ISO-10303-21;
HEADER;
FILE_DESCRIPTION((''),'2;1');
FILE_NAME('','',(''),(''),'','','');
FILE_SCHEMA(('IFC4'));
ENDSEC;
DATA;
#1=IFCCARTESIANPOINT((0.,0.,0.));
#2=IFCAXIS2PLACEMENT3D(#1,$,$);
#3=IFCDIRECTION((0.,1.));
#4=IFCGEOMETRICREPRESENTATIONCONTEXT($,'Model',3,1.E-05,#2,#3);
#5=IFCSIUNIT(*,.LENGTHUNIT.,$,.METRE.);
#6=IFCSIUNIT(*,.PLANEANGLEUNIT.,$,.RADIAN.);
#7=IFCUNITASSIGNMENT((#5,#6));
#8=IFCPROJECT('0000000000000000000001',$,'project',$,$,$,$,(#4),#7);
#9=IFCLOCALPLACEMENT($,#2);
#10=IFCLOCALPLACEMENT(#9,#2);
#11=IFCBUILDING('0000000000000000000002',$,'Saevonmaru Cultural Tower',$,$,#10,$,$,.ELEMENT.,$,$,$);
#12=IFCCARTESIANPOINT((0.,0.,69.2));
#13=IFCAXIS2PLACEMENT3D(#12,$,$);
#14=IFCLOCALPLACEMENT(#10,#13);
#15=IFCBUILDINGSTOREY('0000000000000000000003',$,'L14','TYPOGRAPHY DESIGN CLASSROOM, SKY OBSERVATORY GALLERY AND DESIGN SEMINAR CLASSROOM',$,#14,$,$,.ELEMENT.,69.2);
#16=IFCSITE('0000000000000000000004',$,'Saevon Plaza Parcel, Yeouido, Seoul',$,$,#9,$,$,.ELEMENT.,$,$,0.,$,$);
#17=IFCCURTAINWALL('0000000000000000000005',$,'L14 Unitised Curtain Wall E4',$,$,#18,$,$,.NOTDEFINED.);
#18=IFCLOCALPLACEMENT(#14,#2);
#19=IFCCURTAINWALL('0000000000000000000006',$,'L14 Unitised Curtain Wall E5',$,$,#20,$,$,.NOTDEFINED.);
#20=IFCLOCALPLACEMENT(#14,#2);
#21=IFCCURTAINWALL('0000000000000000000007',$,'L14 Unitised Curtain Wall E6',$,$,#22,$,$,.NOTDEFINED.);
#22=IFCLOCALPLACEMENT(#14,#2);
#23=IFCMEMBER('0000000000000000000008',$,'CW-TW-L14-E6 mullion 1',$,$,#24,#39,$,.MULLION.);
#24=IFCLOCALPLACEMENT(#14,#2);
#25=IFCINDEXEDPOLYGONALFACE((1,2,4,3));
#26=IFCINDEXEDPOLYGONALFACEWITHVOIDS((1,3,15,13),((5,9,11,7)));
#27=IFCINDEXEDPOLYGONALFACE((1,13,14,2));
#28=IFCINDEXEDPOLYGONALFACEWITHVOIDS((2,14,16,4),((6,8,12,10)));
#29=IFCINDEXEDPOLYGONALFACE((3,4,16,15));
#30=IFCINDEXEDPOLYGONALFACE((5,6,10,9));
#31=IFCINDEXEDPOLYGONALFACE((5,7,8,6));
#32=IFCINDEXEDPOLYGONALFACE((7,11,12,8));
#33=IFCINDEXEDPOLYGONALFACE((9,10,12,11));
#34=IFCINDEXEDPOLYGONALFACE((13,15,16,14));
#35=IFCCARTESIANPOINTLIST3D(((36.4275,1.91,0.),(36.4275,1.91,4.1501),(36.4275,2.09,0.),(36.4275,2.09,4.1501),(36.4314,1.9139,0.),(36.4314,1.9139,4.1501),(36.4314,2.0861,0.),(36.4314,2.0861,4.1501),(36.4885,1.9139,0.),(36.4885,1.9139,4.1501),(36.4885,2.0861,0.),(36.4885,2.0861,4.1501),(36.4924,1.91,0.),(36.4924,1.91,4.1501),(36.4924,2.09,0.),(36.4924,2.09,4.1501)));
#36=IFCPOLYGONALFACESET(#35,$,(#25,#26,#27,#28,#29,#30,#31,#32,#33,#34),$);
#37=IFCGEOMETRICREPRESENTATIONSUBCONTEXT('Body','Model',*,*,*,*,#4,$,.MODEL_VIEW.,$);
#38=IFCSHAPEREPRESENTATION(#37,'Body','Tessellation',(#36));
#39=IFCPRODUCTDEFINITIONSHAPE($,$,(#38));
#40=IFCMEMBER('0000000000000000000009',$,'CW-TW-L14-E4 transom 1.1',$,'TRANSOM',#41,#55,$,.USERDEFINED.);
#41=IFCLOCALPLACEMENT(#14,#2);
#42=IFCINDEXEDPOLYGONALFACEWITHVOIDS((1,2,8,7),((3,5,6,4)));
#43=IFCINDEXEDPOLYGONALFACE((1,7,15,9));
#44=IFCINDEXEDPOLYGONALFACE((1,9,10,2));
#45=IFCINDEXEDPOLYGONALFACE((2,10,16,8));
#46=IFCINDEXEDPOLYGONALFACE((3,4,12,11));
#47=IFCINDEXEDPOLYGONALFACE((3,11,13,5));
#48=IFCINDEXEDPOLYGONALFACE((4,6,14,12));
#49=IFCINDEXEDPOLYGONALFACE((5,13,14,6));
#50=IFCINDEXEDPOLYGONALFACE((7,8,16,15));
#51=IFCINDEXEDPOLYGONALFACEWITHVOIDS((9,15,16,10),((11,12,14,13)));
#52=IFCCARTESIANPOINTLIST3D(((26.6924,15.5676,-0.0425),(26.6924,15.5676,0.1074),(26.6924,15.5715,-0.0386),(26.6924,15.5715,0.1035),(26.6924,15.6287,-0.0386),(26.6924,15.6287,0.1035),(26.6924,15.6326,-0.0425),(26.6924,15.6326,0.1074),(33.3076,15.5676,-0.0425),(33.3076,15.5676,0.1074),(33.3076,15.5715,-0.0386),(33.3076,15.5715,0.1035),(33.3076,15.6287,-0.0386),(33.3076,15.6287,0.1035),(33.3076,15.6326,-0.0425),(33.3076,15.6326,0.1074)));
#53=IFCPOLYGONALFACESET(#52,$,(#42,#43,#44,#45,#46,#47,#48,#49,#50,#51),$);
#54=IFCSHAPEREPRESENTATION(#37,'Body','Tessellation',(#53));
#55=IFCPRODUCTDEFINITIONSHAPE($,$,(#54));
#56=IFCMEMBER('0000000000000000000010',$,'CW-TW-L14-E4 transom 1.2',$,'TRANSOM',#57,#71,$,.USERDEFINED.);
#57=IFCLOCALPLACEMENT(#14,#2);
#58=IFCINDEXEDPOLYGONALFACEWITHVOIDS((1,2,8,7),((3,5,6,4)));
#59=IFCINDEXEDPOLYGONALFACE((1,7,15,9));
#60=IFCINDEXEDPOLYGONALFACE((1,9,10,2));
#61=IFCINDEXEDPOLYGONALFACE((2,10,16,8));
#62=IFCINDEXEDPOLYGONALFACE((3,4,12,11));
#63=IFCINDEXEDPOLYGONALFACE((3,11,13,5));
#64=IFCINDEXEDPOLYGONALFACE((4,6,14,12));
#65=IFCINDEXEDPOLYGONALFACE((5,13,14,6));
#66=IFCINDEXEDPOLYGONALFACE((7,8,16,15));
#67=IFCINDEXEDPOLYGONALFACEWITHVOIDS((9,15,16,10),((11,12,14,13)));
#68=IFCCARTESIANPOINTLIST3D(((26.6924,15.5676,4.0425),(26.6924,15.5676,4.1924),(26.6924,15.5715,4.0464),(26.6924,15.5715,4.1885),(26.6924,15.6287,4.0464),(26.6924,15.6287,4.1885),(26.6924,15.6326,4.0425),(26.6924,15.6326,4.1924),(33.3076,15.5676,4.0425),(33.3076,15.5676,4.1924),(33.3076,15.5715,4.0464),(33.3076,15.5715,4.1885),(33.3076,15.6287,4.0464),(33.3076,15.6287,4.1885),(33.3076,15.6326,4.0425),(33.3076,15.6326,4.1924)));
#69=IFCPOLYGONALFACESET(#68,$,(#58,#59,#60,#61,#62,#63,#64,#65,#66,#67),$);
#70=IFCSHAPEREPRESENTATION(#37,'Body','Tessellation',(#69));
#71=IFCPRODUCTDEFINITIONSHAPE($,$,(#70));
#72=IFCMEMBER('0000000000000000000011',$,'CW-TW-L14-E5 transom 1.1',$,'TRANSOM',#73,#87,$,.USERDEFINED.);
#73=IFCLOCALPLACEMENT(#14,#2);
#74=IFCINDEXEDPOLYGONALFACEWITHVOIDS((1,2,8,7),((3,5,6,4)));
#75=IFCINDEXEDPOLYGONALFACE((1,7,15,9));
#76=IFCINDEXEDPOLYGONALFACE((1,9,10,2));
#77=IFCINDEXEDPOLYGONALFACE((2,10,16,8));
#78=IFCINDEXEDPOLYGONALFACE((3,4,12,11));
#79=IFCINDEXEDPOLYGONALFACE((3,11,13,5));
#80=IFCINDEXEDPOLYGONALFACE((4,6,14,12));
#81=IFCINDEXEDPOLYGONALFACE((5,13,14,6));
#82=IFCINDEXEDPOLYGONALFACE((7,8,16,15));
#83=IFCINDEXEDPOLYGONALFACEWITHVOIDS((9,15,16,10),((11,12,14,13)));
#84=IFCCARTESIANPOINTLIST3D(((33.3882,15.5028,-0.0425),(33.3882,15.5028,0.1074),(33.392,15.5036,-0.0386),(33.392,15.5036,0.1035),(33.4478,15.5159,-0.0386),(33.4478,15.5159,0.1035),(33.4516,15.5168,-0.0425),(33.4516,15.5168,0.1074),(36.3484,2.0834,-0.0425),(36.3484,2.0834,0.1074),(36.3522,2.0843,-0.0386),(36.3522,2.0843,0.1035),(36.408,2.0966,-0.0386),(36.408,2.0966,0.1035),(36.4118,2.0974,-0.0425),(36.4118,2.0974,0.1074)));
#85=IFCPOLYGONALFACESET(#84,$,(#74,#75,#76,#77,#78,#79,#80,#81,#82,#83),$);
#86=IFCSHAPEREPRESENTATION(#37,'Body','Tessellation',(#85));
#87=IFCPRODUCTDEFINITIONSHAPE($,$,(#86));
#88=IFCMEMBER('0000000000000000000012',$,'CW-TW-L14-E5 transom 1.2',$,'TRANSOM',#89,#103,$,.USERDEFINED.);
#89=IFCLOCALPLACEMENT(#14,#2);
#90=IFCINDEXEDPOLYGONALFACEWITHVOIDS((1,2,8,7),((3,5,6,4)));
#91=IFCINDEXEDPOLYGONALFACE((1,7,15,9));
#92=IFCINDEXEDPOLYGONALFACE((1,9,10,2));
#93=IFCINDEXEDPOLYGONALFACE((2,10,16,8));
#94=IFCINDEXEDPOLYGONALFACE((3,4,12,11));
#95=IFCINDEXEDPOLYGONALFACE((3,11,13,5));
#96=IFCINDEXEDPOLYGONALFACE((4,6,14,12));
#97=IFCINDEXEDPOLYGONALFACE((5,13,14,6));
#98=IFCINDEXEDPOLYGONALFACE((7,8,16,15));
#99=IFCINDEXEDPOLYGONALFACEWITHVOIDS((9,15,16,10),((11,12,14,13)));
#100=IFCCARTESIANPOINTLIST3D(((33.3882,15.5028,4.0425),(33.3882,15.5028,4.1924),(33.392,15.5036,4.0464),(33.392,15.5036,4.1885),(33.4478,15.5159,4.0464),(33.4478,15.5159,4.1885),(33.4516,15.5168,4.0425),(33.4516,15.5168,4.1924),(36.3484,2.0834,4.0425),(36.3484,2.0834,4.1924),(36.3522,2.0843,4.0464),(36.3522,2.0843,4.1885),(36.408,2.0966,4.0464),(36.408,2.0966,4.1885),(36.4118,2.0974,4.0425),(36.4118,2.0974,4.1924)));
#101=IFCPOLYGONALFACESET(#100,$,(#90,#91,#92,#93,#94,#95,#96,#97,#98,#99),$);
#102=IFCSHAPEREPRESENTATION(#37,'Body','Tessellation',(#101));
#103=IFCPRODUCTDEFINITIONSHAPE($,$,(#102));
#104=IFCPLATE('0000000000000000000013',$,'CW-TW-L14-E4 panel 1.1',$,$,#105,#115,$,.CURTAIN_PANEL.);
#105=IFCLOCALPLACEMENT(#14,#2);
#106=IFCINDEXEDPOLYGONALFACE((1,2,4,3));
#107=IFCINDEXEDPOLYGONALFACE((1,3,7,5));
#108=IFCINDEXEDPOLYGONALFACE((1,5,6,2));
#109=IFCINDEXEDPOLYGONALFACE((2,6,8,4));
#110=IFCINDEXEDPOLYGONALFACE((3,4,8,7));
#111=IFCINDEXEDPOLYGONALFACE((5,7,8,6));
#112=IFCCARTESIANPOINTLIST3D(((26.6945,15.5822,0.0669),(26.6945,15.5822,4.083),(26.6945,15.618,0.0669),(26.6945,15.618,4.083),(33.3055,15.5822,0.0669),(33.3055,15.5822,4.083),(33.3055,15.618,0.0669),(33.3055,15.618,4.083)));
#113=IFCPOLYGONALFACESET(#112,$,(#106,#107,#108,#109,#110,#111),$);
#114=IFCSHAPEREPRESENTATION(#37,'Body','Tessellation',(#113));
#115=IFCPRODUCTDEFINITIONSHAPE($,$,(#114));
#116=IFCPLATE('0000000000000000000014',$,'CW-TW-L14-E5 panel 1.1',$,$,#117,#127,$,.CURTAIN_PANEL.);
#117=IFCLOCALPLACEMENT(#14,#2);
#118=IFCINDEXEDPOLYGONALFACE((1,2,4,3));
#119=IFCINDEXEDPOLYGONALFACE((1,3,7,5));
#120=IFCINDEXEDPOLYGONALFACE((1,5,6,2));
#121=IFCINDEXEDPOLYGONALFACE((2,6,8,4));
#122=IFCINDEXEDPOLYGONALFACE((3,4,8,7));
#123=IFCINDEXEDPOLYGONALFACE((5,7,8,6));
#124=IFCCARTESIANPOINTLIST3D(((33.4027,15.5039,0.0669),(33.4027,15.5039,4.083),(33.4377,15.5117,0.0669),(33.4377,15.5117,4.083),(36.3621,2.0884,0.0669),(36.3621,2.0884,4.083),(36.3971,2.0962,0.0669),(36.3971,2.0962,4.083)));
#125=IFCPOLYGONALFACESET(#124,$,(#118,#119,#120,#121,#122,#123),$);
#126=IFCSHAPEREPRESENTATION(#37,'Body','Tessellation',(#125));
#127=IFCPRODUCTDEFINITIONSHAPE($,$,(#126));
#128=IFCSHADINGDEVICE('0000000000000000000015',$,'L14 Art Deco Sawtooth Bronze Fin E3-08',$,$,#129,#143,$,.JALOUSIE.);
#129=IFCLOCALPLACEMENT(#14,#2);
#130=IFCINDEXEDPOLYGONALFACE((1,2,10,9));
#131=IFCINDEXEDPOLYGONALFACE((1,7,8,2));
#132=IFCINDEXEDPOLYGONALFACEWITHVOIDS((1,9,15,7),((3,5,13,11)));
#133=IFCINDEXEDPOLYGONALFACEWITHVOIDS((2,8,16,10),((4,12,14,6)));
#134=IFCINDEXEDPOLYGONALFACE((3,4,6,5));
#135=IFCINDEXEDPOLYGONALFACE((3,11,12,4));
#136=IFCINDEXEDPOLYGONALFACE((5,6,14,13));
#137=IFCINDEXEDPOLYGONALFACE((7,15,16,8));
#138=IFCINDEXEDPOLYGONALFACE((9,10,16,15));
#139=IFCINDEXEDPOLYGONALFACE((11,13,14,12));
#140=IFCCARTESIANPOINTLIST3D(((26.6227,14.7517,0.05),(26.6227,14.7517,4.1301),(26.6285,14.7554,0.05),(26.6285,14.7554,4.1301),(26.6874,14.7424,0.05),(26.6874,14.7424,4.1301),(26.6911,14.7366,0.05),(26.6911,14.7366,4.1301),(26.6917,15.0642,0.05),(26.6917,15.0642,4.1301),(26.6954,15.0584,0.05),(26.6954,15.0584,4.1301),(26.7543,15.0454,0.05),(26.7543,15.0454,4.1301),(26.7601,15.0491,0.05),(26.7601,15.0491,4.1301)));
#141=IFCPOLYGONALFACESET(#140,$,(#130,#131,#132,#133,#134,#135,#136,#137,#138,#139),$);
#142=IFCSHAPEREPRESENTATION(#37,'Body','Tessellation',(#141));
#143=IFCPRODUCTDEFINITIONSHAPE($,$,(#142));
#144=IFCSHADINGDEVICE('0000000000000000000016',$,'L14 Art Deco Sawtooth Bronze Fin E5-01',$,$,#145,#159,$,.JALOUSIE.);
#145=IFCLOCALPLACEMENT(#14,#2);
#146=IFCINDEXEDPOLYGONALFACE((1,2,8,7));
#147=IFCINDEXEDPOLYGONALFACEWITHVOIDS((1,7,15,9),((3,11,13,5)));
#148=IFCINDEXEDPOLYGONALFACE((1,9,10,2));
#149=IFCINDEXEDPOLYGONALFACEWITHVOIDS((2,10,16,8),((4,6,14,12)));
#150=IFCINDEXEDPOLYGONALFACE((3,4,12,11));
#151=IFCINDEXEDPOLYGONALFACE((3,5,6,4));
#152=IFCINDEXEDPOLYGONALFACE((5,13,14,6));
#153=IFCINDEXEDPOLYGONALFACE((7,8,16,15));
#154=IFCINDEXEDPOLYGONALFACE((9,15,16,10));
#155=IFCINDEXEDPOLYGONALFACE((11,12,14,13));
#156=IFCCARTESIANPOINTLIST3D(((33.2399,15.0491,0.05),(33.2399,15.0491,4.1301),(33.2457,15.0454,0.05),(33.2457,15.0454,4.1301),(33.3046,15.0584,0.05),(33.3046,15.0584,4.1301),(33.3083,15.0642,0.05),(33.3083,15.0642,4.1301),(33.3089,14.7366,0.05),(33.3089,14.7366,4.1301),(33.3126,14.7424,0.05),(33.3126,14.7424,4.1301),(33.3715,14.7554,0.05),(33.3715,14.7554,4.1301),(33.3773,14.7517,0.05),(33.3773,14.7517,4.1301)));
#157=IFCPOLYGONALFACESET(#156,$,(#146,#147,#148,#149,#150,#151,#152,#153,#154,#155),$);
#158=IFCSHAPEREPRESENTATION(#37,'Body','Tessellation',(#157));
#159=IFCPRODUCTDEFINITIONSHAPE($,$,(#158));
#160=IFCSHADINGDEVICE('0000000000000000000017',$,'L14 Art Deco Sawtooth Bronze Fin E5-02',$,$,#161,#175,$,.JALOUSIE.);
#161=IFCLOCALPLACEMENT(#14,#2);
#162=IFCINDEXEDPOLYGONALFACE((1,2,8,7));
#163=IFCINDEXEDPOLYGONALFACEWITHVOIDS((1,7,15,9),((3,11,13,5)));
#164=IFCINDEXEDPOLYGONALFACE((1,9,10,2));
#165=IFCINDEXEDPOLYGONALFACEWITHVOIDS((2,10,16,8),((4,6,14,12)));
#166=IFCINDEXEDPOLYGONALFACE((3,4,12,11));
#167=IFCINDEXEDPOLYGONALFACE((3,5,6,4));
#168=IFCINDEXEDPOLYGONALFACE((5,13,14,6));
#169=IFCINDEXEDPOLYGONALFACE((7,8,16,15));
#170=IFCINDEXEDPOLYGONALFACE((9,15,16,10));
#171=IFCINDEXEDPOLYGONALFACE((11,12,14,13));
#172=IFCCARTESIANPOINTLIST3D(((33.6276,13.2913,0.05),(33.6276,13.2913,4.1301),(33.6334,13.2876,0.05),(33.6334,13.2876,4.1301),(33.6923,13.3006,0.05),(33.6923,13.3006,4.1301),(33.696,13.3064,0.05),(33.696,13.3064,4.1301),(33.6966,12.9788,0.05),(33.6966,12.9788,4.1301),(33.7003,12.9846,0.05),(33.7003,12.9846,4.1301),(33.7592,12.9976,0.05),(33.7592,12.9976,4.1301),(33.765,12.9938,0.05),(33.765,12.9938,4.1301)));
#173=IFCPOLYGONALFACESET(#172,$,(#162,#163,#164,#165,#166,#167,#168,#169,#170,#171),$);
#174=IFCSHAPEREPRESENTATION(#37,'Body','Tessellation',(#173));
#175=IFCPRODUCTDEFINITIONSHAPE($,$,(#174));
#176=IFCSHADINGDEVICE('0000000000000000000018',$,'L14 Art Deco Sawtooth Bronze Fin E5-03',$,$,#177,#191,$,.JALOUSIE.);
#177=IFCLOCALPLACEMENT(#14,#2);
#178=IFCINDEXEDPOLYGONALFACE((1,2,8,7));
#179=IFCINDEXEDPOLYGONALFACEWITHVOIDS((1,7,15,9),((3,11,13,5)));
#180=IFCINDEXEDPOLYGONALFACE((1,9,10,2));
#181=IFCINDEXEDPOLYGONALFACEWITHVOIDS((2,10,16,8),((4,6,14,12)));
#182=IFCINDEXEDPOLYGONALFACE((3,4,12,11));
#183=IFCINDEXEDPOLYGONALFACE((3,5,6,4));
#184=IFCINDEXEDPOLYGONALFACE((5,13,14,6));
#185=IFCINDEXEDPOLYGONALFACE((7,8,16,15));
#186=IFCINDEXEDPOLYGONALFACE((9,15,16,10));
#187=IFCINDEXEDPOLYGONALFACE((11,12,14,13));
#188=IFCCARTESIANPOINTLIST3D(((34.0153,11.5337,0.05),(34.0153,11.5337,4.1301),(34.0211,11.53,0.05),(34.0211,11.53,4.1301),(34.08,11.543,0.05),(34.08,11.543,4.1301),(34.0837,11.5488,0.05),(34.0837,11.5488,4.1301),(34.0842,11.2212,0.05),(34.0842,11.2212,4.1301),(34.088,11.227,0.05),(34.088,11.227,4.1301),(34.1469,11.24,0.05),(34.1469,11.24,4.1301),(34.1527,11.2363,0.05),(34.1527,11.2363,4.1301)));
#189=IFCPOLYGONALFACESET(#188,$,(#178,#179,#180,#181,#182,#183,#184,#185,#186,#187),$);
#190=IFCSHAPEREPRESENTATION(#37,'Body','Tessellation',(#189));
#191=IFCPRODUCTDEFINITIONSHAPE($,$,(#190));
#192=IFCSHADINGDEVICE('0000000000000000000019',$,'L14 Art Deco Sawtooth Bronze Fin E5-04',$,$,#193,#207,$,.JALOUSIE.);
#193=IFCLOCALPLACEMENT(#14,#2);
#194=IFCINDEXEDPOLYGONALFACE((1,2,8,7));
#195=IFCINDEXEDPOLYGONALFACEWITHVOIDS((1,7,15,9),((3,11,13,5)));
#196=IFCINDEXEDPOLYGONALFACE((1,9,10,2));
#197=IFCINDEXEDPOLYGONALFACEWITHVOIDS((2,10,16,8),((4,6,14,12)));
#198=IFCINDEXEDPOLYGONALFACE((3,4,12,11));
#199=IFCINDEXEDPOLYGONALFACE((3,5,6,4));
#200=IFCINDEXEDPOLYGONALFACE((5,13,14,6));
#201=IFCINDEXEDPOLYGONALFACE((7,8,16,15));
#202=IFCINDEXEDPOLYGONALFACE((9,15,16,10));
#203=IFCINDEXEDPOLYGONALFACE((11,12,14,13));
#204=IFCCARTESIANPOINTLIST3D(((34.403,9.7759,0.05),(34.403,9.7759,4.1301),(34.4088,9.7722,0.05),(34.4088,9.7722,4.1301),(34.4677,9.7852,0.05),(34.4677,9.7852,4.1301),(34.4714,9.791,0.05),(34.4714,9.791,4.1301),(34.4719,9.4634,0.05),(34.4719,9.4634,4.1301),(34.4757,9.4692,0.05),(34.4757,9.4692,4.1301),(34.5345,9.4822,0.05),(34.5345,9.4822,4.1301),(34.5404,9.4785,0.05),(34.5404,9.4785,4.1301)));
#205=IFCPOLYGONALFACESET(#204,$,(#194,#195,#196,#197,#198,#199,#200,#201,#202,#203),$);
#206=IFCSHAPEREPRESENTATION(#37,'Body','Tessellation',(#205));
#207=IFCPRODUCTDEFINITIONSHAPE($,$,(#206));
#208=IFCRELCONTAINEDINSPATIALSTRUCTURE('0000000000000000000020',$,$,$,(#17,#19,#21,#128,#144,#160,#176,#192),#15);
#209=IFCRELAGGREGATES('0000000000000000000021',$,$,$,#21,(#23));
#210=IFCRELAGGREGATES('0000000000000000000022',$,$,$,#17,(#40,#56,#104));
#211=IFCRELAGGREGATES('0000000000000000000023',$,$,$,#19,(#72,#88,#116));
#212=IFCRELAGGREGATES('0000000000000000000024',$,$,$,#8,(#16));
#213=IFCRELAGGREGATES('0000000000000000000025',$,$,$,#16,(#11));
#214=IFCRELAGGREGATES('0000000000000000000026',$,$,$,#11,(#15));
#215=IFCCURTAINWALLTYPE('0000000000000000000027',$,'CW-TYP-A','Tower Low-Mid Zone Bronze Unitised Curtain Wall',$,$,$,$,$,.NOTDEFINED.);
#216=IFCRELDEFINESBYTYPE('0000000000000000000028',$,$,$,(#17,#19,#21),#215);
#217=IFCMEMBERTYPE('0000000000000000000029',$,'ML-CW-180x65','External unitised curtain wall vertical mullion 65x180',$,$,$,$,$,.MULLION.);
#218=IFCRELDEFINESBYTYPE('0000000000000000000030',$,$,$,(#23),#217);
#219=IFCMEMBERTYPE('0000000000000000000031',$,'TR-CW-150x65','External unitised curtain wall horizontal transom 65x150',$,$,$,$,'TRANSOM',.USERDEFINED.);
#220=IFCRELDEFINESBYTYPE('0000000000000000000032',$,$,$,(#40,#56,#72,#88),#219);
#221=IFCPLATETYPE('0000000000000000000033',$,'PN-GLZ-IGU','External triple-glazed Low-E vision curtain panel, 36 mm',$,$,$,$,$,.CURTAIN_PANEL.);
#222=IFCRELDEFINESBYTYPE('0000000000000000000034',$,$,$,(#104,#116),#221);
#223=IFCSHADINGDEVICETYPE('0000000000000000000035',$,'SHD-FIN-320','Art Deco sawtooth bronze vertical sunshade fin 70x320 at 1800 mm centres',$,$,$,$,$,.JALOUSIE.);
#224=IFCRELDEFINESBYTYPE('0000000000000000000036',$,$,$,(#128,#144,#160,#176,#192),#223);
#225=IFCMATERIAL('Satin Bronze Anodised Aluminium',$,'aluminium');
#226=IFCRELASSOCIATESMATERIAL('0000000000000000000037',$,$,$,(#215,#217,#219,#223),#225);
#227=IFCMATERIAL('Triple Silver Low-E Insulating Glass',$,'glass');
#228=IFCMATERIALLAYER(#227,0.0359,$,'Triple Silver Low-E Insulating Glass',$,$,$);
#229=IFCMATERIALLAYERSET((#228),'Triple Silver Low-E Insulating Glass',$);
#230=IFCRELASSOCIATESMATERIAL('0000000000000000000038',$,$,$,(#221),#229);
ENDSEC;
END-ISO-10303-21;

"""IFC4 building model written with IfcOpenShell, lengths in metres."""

from ifc_helpers import new_model, si_unit, direction, frame, origin, origin_2d, place, context, subcontext, project, spatial, rectangle, hollow_rectangle, extrude, material, layer, layer_set, material_profile, profile_set, type_object, element, aggregate, save


model = new_model("IFC4")

# Units and contexts
model_context = context("Model", 3, precision=1e-05, world=origin(), true_north=direction((0.0, 1.0)))
body_context = subcontext(model_context, "Body", "Model", "MODEL_VIEW")
ifc_project = project(units=[si_unit("LENGTHUNIT", "METRE"), si_unit("PLANEANGLEUNIT", "RADIAN")], contexts=[model_context])

# Site, building, storey
site_placement = place(None, origin())
site = spatial("IfcSite", under=ifc_project, at=site_placement, Name="Saevon Plaza Parcel, Yeouido, Seoul", CompositionType="ELEMENT", RefElevation=0.0)
building_placement = place(site_placement, origin())
building = spatial("IfcBuilding", under=site, at=building_placement, Name="Saevonmaru Cultural Tower", CompositionType="ELEMENT")
storey_placement = place(building_placement, frame((0.0, 0.0, 69.2)))
storey = spatial("IfcBuildingStorey", under=building, at=storey_placement, Name="L14", Description="TYPOGRAPHY DESIGN CLASSROOM, SKY OBSERVATORY GALLERY AND DESIGN SEMINAR CLASSROOM", CompositionType="ELEMENT", Elevation=69.2)

# Curtain walls
ifc_material_1 = material(Name="Satin Bronze Anodised Aluminium", Category="aluminium")
curtain_wall_type = type_object("IfcCurtainWallType", Name="CW-TYP-A", Description="Tower Low-Mid Zone Bronze Unitised Curtain Wall", PredefinedType="NOTDEFINED", material=ifc_material_1)
curtain_wall_1_placement = place(storey_placement, origin())
curtain_wall_1 = element("IfcCurtainWall", 1, at=curtain_wall_1_placement, inside=storey, type_object=curtain_wall_type, Name="L14 Unitised Curtain Wall E4", PredefinedType="NOTDEFINED")
ifc_material_profile_1 = material_profile(ifc_material_1, hollow_rectangle(XDim=0.0649, YDim=0.1799, WallThickness=0.0039, at=origin_2d()), Name="ALU-MULL-180x65x4")
ifc_profile_set_1 = profile_set([ifc_material_profile_1], Name="Satin Bronze Anodised Aluminium")
member_type_1 = type_object("IfcMemberType", Name="ML-CW-180x65", Description="External unitised curtain wall vertical mullion 65x180", PredefinedType="MULLION", material=ifc_profile_set_1)
curtain_wall_2_placement = place(storey_placement, origin())
curtain_wall_2 = element("IfcCurtainWall", 2, at=curtain_wall_2_placement, inside=storey, type_object=curtain_wall_type, Name="L14 Unitised Curtain Wall E5", PredefinedType="NOTDEFINED")

# Curtain wall, member
curtain_wall_3_placement = place(storey_placement, origin())
curtain_wall_3 = element("IfcCurtainWall", 3, at=curtain_wall_3_placement, inside=storey, type_object=curtain_wall_type, Name="L14 Unitised Curtain Wall E6", PredefinedType="NOTDEFINED")
member_1_placement = place(storey_placement, frame((36.46, 2.0, 0.0), z_axis=(0.0, 0.0, 1.0), x_axis=(1.0, 0.0, 0.0)))
member_1 = element("IfcMember", 4, at=member_1_placement, type_object=member_type_1, Name="CW-TW-L14-E6 mullion 1", PredefinedType="MULLION", context=body_context, shape_type="SweptSolid", body=[
    extrude(hollow_rectangle(XDim=0.0649, YDim=0.1799, WallThickness=0.0039, at=origin_2d()), origin(), (0.0, 0.0, 1.0), 4.1501),
])
aggregate(curtain_wall_3, [member_1])

# Members
ifc_material_profile_2 = material_profile(ifc_material_1, hollow_rectangle(XDim=0.0649, YDim=0.1499, WallThickness=0.0039, at=origin_2d()), Name="ALU-TRAN-150x65x4")
ifc_profile_set_2 = profile_set([ifc_material_profile_2], Name="Satin Bronze Anodised Aluminium")
member_type_2 = type_object("IfcMemberType", Name="TR-CW-150x65", Description="External unitised curtain wall horizontal transom 65x150", ElementType="TRANSOM", PredefinedType="USERDEFINED", material=ifc_profile_set_2)
member_2_placement = place(storey_placement, frame((26.6924, 15.6001, 0.0325), z_axis=(1.0, 0.0, 0.0), x_axis=(0.0, 1.0, 0.0)))
member_2 = element("IfcMember", 5, at=member_2_placement, type_object=member_type_2, Name="CW-TW-L14-E4 transom 1.1", ObjectType="TRANSOM", PredefinedType="USERDEFINED", context=body_context, shape_type="SweptSolid", body=[
    extrude(hollow_rectangle(XDim=0.0649, YDim=0.1499, WallThickness=0.0039, at=origin_2d()), origin(), (0.0, 0.0, 1.0), 6.6152),
])
member_3_placement = place(storey_placement, frame((26.6924, 15.6001, 4.1174), z_axis=(1.0, 0.0, 0.0), x_axis=(0.0, 1.0, 0.0)))
member_3 = element("IfcMember", 6, at=member_3_placement, type_object=member_type_2, Name="CW-TW-L14-E4 transom 1.2", ObjectType="TRANSOM", PredefinedType="USERDEFINED", context=body_context, shape_type="SweptSolid", body=[
    extrude(hollow_rectangle(XDim=0.0649, YDim=0.1499, WallThickness=0.0039, at=origin_2d()), origin(), (0.0, 0.0, 1.0), 6.6152),
])
member_4_placement = place(storey_placement, frame((33.4199, 15.5098, 0.0325), z_axis=(0.215412, -0.976523, 0.0), x_axis=(0.976523, 0.215412, 0.0)))
member_4 = element("IfcMember", 7, at=member_4_placement, type_object=member_type_2, Name="CW-TW-L14-E5 transom 1.1", ObjectType="TRANSOM", PredefinedType="USERDEFINED", context=body_context, shape_type="SweptSolid", body=[
    extrude(hollow_rectangle(XDim=0.0649, YDim=0.1499, WallThickness=0.0039, at=origin_2d()), origin(), (0.0, 0.0, 1.0), 13.7419),
])
member_5_placement = place(storey_placement, frame((33.4199, 15.5098, 4.1174), z_axis=(0.215412, -0.976523, 0.0), x_axis=(0.976523, 0.215412, 0.0)))
member_5 = element("IfcMember", 8, at=member_5_placement, type_object=member_type_2, Name="CW-TW-L14-E5 transom 1.2", ObjectType="TRANSOM", PredefinedType="USERDEFINED", context=body_context, shape_type="SweptSolid", body=[
    extrude(hollow_rectangle(XDim=0.0649, YDim=0.1499, WallThickness=0.0039, at=origin_2d()), origin(), (0.0, 0.0, 1.0), 13.7419),
])

# Plates
ifc_material_2 = material(Name="Triple Silver Low-E Insulating Glass", Category="glass")
ifc_layer_1 = layer(ifc_material_2, 0.0359, Name="Triple Silver Low-E Insulating Glass")
ifc_layer_set_1 = layer_set([ifc_layer_1], Name="Triple Silver Low-E Insulating Glass")
plate_type = type_object("IfcPlateType", Name="PN-GLZ-IGU", Description="External triple-glazed Low-E vision curtain panel, 36 mm", PredefinedType="CURTAIN_PANEL", material=ifc_layer_set_1)
plate_1_placement = place(storey_placement, frame((30.0, 15.6001, 0.0669), z_axis=(0.0, 0.0, 1.0), x_axis=(1.0, 0.0, 0.0)))
plate_1 = element("IfcPlate", 9, at=plate_1_placement, type_object=plate_type, Name="CW-TW-L14-E4 panel 1.1", PredefinedType="CURTAIN_PANEL", context=body_context, shape_type="SweptSolid", body=[
    extrude(rectangle(XDim=6.6111, YDim=0.0359, at=origin_2d()), origin(), (0.0, 0.0, 1.0), 4.0161),
])
aggregate(curtain_wall_1, [member_2, member_3, plate_1])
plate_2_placement = place(storey_placement, frame((34.8999, 8.8, 0.0669), z_axis=(0.0, 0.0, 1.0), x_axis=(0.215413, -0.976523, 0.0)))
plate_2 = element("IfcPlate", 10, at=plate_2_placement, type_object=plate_type, Name="CW-TW-L14-E5 panel 1.1", PredefinedType="CURTAIN_PANEL", context=body_context, shape_type="SweptSolid", body=[
    extrude(rectangle(XDim=13.738, YDim=0.0359, at=origin_2d()), origin(), (0.0, 0.0, 1.0), 4.0161),
])
aggregate(curtain_wall_2, [member_4, member_5, plate_2])

# Shading devices
ifc_material_profile_3 = material_profile(ifc_material_1, hollow_rectangle(XDim=0.0701, YDim=0.3201, WallThickness=0.0049, at=origin_2d()), Name="FIN-320x70")
ifc_profile_set_3 = profile_set([ifc_material_profile_3], Name="Satin Bronze Anodised Aluminium")
shading_device_type = type_object("IfcShadingDeviceType", Name="SHD-FIN-320", Description="Art Deco sawtooth bronze vertical sunshade fin 70x320 at 1800 mm centres", PredefinedType="JALOUSIE", material=ifc_profile_set_3)
for number, where, z_axis, x_axis, name in (
    (11, (26.6914, 14.9004, 0.05), (0.0, 0.0, 1.0), (0.976522, -0.215417, 0.0), "L14 Art Deco Sawtooth Bronze Fin E3-08"),
    (12, (33.3086, 14.9004, 0.05), (0.0, 0.0, 1.0), (-0.976522, -0.215417, 0.0), "L14 Art Deco Sawtooth Bronze Fin E5-01"),
    (13, (33.6963, 13.1426, 0.05), (0.0, 0.0, 1.0), (-0.976522, -0.215417, 0.0), "L14 Art Deco Sawtooth Bronze Fin E5-02"),
    (14, (34.084, 11.385, 0.05), (0.0, 0.0, 1.0), (-0.976522, -0.215417, 0.0), "L14 Art Deco Sawtooth Bronze Fin E5-03"),
    (15, (34.4717, 9.6272, 0.05), (0.0, 0.0, 1.0), (-0.976522, -0.215417, 0.0), "L14 Art Deco Sawtooth Bronze Fin E5-04"),
):
    element("IfcShadingDevice", number, at=place(storey_placement, frame(where, z_axis=z_axis, x_axis=x_axis)), inside=storey, type_object=shading_device_type, Name=name, PredefinedType="JALOUSIE", context=body_context, shape_type="SweptSolid", body=[
        extrude(hollow_rectangle(XDim=0.0701, YDim=0.3201, WallThickness=0.0049, at=origin_2d()), origin(), (0.0, 0.0, 1.0), 4.0801),
    ])

save(model, "model.ifc")
